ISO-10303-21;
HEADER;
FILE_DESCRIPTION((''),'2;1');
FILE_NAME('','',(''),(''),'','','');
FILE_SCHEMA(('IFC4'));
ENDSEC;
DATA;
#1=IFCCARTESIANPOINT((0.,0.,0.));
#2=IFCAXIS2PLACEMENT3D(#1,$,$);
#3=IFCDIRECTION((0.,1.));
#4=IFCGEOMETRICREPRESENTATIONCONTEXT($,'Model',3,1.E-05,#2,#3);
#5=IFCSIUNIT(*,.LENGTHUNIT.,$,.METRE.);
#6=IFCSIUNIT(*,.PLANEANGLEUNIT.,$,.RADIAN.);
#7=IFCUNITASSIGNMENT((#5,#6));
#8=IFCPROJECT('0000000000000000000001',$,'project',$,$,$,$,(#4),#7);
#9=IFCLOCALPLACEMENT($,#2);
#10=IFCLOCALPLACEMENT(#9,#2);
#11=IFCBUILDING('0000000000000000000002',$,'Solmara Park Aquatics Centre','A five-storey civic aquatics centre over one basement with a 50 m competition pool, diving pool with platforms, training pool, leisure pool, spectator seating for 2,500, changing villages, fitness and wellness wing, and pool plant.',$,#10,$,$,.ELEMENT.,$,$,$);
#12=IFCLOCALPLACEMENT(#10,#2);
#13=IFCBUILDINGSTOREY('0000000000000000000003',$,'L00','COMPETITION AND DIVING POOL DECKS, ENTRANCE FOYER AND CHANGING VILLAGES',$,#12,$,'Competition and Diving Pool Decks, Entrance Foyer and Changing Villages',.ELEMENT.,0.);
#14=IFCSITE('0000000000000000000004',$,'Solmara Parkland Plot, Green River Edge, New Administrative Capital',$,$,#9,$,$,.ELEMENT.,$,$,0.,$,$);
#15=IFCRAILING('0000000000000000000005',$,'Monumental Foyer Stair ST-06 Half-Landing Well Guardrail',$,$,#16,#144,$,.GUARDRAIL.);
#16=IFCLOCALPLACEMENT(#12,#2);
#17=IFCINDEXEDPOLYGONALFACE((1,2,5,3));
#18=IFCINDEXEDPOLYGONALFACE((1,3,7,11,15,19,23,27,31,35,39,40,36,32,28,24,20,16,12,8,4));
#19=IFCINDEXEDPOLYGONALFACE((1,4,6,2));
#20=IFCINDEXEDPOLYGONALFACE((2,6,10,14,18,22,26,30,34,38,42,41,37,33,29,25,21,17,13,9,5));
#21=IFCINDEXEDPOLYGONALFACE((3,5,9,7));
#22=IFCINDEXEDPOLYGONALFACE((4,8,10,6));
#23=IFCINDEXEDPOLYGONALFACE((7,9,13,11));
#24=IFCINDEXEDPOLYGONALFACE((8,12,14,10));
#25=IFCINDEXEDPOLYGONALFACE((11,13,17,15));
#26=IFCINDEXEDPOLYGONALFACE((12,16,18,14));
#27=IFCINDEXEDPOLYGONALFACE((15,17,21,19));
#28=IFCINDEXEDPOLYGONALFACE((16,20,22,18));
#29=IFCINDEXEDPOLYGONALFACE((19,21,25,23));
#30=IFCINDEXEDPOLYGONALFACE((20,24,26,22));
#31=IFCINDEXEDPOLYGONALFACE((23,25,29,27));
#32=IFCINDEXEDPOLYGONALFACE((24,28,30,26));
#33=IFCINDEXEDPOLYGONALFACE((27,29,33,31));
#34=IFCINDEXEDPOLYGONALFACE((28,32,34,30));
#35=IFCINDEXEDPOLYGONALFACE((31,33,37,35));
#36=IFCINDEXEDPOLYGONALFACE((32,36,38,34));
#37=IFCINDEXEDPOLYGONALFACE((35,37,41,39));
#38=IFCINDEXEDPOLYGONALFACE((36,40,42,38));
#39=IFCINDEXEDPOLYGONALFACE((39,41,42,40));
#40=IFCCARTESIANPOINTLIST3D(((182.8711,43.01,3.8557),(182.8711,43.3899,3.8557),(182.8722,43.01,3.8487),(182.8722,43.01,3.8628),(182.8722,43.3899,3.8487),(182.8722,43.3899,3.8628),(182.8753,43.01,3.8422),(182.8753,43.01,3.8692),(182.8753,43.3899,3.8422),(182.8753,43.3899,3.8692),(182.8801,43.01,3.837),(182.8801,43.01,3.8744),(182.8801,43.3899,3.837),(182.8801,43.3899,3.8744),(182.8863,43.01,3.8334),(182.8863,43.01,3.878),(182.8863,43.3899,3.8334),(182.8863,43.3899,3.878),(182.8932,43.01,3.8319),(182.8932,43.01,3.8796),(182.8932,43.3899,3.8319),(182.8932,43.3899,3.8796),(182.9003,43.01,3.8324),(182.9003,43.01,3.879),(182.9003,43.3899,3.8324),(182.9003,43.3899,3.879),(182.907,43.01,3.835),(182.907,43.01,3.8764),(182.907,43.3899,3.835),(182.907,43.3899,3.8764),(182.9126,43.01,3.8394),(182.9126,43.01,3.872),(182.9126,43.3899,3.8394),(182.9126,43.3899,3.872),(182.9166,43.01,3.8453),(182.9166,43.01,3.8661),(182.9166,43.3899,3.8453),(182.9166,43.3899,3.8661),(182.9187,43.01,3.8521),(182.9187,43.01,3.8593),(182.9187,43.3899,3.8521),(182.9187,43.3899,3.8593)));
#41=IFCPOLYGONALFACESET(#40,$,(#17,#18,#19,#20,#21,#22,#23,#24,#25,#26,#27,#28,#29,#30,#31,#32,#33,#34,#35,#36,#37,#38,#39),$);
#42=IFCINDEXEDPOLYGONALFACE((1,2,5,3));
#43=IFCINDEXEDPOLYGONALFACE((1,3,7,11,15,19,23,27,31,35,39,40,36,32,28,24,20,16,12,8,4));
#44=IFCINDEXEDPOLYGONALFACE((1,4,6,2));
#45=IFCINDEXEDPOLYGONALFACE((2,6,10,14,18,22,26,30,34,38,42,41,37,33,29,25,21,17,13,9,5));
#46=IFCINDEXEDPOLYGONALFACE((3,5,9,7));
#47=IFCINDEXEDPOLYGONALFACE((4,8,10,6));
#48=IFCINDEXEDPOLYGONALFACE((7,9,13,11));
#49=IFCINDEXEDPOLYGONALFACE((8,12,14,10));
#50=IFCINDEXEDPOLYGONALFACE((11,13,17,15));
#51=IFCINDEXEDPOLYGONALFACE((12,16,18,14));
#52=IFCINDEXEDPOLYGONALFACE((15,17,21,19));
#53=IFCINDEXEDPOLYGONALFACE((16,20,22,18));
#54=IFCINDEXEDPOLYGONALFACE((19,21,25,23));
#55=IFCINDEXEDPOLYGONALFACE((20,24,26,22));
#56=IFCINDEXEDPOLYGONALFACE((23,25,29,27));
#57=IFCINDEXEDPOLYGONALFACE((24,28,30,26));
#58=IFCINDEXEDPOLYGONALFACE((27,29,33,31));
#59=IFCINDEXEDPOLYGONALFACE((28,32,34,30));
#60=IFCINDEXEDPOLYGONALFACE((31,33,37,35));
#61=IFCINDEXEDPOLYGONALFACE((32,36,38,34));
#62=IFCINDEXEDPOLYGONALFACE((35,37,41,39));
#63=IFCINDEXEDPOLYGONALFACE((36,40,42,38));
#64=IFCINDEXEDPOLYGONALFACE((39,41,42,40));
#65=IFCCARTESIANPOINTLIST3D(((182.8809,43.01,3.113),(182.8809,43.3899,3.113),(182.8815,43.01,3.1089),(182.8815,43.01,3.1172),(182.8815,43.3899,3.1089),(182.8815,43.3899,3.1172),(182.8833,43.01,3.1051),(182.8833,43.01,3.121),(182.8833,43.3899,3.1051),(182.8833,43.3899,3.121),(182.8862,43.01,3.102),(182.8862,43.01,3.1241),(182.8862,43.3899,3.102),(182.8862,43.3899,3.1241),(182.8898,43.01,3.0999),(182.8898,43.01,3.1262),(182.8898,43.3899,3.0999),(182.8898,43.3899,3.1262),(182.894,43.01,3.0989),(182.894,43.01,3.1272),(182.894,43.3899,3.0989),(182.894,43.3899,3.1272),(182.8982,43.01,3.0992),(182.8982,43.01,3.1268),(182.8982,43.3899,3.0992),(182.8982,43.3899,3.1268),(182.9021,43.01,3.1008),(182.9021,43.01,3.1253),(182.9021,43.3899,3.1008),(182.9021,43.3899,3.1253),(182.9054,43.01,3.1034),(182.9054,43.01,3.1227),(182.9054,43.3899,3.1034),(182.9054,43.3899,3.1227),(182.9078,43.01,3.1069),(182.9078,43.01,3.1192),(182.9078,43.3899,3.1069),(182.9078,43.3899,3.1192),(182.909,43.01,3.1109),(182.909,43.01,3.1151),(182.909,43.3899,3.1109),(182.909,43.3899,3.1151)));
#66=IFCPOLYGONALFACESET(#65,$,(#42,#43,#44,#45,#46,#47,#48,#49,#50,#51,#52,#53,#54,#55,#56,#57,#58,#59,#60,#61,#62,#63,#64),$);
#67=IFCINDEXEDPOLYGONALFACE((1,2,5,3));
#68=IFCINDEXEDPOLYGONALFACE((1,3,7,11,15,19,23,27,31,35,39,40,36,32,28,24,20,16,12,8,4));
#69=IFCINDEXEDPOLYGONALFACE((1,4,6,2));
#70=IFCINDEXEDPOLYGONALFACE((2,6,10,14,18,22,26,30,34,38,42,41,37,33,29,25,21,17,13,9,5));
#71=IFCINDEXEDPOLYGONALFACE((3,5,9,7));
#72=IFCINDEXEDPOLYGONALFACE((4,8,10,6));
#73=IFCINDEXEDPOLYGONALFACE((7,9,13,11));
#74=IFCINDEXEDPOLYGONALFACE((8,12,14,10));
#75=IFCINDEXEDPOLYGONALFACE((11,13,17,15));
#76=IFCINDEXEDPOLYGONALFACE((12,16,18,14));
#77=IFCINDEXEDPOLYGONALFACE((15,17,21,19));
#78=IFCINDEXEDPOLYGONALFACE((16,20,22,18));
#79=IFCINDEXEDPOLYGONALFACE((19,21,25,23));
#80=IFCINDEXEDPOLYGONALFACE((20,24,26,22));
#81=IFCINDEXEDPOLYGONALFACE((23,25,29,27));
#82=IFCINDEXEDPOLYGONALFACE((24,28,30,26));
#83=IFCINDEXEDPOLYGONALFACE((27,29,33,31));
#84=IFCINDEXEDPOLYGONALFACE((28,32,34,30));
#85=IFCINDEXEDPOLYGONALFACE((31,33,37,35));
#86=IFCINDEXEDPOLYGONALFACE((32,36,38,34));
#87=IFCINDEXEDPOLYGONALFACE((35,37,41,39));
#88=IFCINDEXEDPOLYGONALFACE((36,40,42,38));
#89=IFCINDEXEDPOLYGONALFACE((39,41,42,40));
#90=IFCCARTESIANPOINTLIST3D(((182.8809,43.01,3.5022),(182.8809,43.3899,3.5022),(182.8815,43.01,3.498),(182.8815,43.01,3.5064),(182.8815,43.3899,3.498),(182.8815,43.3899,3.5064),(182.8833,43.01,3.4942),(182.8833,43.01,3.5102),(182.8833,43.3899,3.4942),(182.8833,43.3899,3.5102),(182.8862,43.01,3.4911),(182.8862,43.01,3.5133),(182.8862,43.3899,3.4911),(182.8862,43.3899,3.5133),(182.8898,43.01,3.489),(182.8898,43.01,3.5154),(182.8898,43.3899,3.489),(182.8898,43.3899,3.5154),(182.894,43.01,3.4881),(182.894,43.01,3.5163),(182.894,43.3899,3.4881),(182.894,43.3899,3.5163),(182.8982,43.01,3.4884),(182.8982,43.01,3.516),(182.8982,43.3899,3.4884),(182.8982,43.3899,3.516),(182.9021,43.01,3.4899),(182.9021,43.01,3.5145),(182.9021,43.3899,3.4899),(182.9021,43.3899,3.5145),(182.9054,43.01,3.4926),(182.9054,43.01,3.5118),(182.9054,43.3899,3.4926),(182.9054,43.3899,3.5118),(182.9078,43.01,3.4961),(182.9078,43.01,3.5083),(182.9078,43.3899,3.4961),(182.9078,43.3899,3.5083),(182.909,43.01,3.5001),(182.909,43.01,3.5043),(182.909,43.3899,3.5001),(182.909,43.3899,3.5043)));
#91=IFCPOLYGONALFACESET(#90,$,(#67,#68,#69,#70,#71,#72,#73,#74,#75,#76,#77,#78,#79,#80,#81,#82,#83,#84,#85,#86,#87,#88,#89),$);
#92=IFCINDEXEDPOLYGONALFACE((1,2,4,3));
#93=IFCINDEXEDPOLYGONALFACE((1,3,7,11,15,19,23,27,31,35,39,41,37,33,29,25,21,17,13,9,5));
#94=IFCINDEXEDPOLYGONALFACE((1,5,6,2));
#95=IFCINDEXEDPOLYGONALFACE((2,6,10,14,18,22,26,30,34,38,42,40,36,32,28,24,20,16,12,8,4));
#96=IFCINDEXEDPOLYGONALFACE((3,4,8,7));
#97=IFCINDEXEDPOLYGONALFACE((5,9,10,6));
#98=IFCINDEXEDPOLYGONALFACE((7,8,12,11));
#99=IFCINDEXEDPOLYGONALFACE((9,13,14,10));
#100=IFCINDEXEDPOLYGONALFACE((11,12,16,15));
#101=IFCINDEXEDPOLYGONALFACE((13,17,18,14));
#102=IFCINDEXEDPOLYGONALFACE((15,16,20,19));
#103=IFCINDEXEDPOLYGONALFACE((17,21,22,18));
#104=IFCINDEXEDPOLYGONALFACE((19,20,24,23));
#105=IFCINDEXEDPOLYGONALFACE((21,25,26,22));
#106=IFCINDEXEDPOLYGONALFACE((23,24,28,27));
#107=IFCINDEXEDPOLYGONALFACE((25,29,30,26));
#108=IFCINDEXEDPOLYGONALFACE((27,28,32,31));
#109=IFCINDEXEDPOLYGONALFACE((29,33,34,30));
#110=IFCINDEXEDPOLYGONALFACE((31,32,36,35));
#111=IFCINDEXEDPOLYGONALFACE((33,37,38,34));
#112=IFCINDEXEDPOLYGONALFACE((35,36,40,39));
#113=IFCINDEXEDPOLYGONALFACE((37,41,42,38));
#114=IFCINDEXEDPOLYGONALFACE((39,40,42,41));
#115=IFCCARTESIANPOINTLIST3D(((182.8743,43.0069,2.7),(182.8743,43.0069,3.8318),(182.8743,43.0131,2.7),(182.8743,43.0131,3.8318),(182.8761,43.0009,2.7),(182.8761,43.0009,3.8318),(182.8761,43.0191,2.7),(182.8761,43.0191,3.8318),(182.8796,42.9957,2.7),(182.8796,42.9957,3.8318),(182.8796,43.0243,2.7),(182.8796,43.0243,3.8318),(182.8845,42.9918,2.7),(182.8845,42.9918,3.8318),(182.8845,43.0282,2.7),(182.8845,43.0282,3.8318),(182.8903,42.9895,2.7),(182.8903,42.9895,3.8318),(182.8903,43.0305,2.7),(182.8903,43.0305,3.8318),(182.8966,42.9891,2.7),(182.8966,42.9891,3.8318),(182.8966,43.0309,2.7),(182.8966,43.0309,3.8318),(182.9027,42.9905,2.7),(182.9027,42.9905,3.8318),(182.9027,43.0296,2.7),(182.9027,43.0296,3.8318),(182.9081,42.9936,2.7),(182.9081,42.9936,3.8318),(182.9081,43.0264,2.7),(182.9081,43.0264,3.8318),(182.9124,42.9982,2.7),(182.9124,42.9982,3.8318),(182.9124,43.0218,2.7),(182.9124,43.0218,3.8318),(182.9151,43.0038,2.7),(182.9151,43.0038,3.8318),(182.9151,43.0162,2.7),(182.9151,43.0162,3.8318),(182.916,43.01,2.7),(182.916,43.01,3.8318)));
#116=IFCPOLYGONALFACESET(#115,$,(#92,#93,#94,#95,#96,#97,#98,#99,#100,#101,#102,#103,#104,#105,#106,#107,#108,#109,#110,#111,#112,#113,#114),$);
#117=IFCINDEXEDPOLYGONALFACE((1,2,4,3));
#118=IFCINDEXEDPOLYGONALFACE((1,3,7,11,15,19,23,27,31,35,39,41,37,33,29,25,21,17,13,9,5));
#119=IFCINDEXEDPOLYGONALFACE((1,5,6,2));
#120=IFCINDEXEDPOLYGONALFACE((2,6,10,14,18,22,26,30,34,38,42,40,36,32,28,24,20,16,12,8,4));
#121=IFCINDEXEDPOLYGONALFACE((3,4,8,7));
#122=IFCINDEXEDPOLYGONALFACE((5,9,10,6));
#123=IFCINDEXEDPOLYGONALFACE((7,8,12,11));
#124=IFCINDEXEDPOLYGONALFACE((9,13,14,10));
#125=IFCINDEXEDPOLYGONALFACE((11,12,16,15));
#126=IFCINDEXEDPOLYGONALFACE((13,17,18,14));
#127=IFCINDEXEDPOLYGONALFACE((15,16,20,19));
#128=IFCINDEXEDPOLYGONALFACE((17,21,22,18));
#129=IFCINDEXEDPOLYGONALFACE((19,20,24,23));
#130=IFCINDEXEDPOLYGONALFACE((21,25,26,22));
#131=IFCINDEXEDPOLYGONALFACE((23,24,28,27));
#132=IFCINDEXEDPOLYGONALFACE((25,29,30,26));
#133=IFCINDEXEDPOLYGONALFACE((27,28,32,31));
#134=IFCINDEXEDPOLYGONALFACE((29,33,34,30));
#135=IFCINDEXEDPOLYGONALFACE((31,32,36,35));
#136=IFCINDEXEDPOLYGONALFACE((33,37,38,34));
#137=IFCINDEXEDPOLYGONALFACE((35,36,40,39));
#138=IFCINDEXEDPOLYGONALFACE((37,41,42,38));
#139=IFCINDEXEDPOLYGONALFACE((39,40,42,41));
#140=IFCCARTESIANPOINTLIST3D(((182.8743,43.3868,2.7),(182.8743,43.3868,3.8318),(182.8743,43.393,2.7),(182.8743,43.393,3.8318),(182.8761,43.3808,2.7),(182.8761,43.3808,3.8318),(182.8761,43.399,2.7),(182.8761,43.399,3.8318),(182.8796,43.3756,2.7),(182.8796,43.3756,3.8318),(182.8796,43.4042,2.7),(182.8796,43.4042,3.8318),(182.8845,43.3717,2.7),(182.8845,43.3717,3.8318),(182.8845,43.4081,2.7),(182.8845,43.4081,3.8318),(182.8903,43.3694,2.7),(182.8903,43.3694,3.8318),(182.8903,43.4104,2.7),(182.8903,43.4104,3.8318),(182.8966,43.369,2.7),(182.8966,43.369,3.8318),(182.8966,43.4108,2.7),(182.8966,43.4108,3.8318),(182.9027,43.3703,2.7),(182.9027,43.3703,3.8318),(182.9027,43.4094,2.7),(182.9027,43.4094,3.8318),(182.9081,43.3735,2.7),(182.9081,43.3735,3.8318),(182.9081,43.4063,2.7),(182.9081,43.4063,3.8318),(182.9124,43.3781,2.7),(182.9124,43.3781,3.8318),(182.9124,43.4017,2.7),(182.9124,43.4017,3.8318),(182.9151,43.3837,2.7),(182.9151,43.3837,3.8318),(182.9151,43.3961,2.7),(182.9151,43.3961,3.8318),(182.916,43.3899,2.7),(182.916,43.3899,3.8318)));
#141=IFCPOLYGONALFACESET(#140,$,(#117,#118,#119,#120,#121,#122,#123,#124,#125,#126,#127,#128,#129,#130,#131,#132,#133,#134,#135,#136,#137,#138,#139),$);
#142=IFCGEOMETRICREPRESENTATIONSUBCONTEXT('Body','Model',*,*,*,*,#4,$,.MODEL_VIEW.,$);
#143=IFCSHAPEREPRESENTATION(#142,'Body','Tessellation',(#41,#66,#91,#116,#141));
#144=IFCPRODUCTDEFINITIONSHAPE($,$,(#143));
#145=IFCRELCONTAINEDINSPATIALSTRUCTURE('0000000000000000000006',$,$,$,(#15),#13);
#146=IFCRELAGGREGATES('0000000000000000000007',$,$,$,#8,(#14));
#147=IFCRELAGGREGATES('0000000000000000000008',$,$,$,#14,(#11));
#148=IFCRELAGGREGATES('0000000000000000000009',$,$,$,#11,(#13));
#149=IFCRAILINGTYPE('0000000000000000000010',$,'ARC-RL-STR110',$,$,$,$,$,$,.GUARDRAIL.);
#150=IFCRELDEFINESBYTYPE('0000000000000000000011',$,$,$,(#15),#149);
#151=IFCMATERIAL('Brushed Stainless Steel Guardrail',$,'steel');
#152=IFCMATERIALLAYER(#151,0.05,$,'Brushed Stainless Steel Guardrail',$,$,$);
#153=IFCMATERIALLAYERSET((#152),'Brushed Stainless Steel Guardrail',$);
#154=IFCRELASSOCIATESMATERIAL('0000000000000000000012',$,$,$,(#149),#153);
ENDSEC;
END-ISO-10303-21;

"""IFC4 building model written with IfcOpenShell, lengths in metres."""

from ifc_helpers import new_model, si_unit, direction, frame, origin, origin_2d, place, context, subcontext, project, spatial, circle, extrude, material, layer, layer_set, type_object, element, save


model = new_model("IFC4")

# Units and contexts
model_context = context("Model", 3, precision=1e-05, world=origin(), true_north=direction((0.0, 1.0)))
body_context = subcontext(model_context, "Body", "Model", "MODEL_VIEW")
ifc_project = project(units=[si_unit("LENGTHUNIT", "METRE"), si_unit("PLANEANGLEUNIT", "RADIAN")], contexts=[model_context])

# Site, building, storey
site_placement = place(None, origin())
site = spatial("IfcSite", under=ifc_project, at=site_placement, Name="Solmara Parkland Plot, Green River Edge, New Administrative Capital", CompositionType="ELEMENT", RefElevation=0.0)
building_placement = place(site_placement, origin())
building = spatial("IfcBuilding", under=site, at=building_placement, Name="Solmara Park Aquatics Centre", Description="A five-storey civic aquatics centre over one basement with a 50 m competition pool, diving pool with platforms, training pool, leisure pool, spectator seating for 2,500, changing villages, fitness and wellness wing, and pool plant.", CompositionType="ELEMENT")
storey_placement = place(building_placement, origin())
storey = spatial("IfcBuildingStorey", under=building, at=storey_placement, Name="L00", Description="COMPETITION AND DIVING POOL DECKS, ENTRANCE FOYER AND CHANGING VILLAGES", LongName="Competition and Diving Pool Decks, Entrance Foyer and Changing Villages", CompositionType="ELEMENT", Elevation=0.0)

# Railing
ifc_material_1 = material(Name="Brushed Stainless Steel Guardrail", Category="steel")
ifc_layer_1 = layer(ifc_material_1, 0.05, Name="Brushed Stainless Steel Guardrail")
ifc_layer_set_1 = layer_set([ifc_layer_1], Name="Brushed Stainless Steel Guardrail")
railing_type = type_object("IfcRailingType", Name="ARC-RL-STR110", PredefinedType="GUARDRAIL", material=ifc_layer_set_1)
railing_1_placement = place(storey_placement, frame((182.895, 43.01, 2.7)))
element("IfcRailing", 1, at=railing_1_placement, inside=storey, type_object=railing_type, Name="Monumental Foyer Stair ST-06 Half-Landing Well Guardrail", PredefinedType="GUARDRAIL", context=body_context, shape_type="SweptSolid", body=[
    extrude(circle(Radius=0.0239, at=origin_2d()), frame((0.0, 0.0, 1.1558), z_axis=(0.0, 1.0, 0.0), x_axis=(-1.0, 0.0, 0.0)), (0.0, 0.0, 1.0), 0.3799),
    extrude(circle(Radius=0.0142, at=origin_2d()), frame((0.0, 0.0, 0.4131), z_axis=(0.0, 1.0, 0.0), x_axis=(-1.0, 0.0, 0.0)), (0.0, 0.0, 1.0), 0.3799),
    extrude(circle(Radius=0.0142, at=origin_2d()), frame((0.0, 0.0, 0.8022), z_axis=(0.0, 1.0, 0.0), x_axis=(-1.0, 0.0, 0.0)), (0.0, 0.0, 1.0), 0.3799),
    extrude(circle(Radius=0.021, at=origin_2d()), origin(), (0.0, 0.0, 1.0), 1.1318),
    extrude(circle(Radius=0.021, at=origin_2d()), frame((0.0, 0.3799, 0.0)), (0.0, 0.0, 1.0), 1.1318),
])

save(model, "model.ifc")
